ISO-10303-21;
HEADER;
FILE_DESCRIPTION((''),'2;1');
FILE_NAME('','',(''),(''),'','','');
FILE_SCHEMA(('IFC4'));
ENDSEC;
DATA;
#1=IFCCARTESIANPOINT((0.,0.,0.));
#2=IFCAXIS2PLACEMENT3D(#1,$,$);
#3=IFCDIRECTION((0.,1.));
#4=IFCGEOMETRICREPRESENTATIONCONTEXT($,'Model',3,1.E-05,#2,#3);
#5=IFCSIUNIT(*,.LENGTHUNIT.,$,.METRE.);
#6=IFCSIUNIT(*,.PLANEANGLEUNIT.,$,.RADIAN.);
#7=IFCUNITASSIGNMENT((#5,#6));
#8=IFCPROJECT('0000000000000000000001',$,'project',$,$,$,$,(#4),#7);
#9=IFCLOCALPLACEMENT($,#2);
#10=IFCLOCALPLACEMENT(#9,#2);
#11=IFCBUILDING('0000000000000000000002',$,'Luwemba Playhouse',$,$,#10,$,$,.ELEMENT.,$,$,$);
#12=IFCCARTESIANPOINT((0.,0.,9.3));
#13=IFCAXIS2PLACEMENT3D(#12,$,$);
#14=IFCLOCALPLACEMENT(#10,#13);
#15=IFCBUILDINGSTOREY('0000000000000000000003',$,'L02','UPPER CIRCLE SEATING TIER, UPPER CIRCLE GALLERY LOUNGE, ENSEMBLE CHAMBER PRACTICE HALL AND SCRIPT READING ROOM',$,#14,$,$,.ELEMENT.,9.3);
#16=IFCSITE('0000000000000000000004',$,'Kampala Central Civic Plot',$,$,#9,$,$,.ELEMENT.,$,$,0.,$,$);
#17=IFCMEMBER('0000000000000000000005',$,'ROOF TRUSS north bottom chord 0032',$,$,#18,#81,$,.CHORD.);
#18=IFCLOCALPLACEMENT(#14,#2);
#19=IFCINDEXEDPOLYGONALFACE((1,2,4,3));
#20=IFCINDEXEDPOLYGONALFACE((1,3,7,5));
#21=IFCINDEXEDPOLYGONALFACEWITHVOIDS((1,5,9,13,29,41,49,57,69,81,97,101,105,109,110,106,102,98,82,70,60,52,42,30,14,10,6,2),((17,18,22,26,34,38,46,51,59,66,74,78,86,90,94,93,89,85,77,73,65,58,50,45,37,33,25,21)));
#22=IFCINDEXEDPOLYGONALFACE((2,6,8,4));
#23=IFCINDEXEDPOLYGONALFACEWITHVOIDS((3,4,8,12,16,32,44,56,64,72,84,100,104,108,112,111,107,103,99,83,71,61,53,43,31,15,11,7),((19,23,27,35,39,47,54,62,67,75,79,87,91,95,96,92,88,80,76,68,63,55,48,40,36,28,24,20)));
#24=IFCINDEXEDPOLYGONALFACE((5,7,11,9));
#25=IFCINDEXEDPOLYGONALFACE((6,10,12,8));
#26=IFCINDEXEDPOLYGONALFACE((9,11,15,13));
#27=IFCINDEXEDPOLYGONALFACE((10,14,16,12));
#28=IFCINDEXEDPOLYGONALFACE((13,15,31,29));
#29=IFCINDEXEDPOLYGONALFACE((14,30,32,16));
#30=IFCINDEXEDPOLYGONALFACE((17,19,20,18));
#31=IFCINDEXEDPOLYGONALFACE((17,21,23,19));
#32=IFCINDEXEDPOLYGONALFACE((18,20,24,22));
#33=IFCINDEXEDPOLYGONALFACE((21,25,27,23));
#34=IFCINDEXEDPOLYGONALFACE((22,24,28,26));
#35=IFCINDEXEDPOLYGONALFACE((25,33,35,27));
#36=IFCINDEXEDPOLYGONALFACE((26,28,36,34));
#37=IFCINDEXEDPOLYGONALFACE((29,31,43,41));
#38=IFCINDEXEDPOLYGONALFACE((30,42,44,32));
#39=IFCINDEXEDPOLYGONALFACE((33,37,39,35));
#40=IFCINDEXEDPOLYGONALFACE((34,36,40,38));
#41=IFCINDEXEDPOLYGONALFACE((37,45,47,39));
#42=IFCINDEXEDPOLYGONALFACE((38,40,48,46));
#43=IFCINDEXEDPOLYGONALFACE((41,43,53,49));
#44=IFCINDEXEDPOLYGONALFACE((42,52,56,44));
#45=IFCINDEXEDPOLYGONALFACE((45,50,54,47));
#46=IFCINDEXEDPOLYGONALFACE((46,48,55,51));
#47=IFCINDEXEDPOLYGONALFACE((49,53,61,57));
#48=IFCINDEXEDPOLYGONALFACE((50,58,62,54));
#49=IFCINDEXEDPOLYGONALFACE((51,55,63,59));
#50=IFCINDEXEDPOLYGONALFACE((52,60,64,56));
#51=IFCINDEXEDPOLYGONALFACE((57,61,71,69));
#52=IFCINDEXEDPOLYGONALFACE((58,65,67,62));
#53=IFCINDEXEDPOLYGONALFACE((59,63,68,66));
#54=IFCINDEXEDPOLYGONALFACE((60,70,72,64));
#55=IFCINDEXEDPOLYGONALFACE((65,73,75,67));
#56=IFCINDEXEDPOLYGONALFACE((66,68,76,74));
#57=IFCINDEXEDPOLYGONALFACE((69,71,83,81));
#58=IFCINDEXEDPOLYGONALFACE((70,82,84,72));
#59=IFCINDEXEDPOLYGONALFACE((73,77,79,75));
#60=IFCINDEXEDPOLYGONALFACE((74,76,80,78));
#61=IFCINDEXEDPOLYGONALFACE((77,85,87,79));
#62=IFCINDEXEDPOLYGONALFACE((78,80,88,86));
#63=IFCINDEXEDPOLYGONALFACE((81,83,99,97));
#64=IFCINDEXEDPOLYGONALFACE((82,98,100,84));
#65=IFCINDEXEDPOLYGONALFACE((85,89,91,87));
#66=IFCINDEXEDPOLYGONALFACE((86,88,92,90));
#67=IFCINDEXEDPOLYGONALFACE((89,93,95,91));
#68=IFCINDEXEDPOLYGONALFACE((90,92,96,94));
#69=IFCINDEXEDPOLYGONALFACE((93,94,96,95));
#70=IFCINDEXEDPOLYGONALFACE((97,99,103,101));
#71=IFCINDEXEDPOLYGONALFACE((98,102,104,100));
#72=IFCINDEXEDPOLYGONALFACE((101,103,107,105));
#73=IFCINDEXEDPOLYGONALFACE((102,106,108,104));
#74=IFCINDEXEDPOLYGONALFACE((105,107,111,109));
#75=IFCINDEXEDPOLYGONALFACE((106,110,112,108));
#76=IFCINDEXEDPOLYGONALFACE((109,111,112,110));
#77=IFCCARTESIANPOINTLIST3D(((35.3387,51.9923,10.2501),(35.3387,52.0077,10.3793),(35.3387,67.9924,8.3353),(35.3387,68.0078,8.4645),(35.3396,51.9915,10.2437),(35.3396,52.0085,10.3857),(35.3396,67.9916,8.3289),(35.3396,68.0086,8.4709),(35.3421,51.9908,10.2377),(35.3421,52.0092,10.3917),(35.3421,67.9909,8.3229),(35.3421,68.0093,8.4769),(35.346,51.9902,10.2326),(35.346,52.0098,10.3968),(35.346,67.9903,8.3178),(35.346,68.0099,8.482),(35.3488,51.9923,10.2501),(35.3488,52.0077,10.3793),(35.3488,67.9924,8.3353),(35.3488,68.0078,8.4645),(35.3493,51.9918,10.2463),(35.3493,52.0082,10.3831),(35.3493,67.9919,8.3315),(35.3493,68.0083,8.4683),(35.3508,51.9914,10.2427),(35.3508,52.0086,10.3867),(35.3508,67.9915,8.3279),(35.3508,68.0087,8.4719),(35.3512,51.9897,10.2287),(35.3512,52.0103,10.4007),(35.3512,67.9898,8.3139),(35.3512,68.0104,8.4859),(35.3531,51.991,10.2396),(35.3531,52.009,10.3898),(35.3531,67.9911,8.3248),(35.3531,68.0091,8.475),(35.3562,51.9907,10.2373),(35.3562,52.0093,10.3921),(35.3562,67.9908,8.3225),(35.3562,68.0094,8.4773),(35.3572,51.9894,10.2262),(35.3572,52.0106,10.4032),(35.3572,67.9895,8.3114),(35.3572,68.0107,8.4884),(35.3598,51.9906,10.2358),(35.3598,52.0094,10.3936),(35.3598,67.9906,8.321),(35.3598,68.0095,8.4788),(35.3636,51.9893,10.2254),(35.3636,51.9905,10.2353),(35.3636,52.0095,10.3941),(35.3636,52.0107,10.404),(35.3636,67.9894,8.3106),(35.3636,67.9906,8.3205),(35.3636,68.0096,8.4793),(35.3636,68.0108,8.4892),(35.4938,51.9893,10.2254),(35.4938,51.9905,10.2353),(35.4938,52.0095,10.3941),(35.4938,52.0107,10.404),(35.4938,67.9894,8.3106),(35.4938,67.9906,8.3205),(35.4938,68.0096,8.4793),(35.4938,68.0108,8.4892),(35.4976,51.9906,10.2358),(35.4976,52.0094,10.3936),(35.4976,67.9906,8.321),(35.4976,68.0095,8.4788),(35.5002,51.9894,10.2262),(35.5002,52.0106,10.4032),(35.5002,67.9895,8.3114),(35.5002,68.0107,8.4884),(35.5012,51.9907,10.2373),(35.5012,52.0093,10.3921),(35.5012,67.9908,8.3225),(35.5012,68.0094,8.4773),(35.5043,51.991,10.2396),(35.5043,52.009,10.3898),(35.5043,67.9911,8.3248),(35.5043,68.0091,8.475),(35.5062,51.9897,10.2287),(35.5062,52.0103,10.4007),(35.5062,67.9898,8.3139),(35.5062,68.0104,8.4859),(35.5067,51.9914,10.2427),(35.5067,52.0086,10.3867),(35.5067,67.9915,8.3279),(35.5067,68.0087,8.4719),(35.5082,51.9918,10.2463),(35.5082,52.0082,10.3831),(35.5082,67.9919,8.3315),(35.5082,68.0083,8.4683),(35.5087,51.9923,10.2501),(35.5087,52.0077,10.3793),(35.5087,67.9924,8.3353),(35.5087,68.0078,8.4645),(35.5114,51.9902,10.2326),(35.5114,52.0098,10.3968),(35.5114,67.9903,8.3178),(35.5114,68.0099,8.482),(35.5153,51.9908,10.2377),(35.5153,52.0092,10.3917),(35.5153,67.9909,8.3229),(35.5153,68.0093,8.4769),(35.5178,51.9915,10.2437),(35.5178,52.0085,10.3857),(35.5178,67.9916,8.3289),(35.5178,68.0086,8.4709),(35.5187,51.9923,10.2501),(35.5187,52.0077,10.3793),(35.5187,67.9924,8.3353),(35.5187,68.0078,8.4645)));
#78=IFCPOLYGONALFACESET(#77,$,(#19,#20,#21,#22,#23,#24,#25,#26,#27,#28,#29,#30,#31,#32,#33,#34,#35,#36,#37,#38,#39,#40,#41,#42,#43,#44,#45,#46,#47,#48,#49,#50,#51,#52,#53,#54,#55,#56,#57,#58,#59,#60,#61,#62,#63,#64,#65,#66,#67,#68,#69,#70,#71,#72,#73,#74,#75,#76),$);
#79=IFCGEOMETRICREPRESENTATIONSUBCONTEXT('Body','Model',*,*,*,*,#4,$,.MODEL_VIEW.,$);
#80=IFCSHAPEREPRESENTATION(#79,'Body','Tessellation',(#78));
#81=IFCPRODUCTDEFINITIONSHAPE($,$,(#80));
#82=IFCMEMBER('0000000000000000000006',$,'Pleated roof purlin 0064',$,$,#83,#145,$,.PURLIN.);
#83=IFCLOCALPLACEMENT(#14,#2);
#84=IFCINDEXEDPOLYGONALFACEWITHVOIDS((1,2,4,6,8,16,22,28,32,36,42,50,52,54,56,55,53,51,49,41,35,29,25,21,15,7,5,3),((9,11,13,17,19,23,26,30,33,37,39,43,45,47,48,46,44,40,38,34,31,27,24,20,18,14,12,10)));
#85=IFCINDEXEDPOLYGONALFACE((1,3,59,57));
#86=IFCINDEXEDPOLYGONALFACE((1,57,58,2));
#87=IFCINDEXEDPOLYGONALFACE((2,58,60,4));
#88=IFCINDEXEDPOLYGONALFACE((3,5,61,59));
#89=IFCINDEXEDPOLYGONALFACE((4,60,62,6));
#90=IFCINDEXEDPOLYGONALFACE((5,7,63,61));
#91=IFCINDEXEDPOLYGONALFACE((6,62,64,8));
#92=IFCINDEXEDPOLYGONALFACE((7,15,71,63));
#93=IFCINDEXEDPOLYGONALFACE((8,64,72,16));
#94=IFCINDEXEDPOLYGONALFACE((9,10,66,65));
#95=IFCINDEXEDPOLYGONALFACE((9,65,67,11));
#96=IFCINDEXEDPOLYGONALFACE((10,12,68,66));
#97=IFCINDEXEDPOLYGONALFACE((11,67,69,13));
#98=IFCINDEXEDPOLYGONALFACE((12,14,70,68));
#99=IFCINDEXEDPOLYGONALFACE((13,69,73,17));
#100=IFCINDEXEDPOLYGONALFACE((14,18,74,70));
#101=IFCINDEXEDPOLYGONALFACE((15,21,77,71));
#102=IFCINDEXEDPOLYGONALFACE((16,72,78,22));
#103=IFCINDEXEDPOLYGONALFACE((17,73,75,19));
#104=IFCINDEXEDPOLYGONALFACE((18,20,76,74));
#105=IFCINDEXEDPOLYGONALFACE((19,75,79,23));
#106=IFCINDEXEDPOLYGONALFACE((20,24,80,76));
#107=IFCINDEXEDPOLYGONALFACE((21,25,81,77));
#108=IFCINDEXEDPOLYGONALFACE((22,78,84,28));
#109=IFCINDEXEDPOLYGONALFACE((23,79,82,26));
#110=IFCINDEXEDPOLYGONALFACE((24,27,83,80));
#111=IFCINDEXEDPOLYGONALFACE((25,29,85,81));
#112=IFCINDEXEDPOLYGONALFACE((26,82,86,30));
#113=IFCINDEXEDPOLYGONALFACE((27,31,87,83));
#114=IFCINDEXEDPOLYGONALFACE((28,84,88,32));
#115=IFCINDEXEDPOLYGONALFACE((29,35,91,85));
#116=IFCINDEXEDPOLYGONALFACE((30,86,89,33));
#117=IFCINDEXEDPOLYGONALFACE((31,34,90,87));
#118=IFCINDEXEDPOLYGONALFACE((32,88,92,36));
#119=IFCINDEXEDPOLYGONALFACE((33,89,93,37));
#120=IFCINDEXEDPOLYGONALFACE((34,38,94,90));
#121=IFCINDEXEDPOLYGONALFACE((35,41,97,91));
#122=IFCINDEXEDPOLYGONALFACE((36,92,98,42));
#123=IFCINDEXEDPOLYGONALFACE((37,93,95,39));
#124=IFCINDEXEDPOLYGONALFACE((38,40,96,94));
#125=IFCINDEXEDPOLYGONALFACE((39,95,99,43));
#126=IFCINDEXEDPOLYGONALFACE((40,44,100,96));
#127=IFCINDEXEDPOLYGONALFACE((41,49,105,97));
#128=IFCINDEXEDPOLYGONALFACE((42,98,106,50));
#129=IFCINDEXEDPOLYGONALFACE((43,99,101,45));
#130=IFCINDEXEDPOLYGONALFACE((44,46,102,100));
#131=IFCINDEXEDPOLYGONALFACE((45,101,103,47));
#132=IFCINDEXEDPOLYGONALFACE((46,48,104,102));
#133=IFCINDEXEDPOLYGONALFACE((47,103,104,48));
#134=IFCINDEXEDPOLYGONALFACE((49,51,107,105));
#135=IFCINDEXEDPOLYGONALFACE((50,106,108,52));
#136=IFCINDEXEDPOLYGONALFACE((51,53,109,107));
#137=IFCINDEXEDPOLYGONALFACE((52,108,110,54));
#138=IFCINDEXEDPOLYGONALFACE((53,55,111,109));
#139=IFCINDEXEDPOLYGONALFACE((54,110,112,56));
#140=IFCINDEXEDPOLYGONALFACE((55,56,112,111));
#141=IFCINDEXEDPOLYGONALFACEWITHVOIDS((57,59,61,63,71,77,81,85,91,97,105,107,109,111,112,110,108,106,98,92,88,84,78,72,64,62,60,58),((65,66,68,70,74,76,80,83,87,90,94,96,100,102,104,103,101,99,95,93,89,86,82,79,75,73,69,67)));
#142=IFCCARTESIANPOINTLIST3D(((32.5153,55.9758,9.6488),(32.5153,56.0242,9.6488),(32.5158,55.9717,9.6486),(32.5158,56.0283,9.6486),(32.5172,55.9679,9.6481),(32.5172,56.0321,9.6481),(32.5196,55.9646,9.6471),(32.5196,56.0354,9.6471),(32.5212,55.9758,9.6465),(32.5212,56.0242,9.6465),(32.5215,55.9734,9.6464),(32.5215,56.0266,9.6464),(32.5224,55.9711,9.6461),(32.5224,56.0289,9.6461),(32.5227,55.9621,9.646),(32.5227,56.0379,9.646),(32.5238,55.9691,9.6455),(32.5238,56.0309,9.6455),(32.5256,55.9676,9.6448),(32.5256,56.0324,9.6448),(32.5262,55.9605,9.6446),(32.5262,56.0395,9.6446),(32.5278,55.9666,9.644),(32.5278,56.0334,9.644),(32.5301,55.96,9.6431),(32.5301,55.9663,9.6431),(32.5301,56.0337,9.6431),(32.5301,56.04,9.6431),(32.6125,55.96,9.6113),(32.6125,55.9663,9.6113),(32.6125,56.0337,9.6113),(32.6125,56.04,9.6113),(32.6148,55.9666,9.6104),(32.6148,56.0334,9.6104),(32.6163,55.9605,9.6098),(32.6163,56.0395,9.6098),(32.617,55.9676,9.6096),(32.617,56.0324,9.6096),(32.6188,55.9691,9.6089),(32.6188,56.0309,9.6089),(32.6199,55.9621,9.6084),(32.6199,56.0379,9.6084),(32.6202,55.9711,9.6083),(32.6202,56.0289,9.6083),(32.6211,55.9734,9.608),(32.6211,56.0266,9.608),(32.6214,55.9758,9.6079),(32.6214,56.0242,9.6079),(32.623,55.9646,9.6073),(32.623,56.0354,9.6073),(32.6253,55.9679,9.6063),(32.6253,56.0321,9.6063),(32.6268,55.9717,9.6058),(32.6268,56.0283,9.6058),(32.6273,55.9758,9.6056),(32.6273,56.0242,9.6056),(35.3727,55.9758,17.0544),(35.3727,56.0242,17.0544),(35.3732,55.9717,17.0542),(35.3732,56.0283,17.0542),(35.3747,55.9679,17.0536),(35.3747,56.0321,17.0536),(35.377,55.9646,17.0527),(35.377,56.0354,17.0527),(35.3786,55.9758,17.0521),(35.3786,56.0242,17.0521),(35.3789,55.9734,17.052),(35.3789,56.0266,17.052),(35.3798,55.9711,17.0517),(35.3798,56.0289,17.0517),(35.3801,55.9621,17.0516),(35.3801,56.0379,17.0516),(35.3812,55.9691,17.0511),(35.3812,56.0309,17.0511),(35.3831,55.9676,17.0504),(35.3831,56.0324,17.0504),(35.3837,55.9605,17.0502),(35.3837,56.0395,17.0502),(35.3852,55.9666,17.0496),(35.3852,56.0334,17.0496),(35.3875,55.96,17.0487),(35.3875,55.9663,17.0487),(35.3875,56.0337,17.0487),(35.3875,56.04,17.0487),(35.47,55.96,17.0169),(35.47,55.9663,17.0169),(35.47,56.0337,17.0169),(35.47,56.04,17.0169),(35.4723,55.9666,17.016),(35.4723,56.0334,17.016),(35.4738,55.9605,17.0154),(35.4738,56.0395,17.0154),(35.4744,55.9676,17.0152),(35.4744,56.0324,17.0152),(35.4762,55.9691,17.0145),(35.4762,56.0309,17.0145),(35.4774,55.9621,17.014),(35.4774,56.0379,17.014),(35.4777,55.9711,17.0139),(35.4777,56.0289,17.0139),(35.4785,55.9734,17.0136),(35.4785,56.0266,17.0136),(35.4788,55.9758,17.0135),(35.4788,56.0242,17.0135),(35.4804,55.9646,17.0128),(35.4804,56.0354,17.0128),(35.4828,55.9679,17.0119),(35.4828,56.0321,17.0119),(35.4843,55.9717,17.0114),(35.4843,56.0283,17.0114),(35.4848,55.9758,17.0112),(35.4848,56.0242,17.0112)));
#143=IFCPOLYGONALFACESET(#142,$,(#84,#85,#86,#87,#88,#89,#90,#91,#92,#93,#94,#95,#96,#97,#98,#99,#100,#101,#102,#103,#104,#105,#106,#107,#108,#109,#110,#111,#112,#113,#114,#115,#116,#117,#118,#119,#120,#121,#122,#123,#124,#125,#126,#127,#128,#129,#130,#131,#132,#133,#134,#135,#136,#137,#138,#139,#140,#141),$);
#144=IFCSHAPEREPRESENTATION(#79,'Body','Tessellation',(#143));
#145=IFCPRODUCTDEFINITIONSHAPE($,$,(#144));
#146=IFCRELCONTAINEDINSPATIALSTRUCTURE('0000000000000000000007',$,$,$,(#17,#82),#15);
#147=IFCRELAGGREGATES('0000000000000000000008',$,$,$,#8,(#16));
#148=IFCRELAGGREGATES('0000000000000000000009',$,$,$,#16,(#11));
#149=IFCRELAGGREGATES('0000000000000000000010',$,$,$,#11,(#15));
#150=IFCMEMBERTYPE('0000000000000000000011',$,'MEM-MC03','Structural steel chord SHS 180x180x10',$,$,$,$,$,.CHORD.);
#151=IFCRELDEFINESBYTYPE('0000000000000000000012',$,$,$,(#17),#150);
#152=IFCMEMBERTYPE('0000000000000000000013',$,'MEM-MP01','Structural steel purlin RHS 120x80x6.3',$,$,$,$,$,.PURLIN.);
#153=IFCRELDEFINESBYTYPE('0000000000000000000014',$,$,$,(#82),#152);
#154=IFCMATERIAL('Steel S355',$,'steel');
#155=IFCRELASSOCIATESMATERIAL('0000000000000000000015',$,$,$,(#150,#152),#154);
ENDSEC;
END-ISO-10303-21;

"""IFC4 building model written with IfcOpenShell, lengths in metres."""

from ifc_helpers import new_model, si_unit, direction, frame, origin, origin_2d, place, context, subcontext, project, spatial, hollow_rectangle, extrude, material, material_profile, profile_set, type_object, element, save


model = new_model("IFC4")

# Units and contexts
model_context = context("Model", 3, precision=1e-05, world=origin(), true_north=direction((0.0, 1.0)))
body_context = subcontext(model_context, "Body", "Model", "MODEL_VIEW")
ifc_project = project(units=[si_unit("LENGTHUNIT", "METRE"), si_unit("PLANEANGLEUNIT", "RADIAN")], contexts=[model_context])

# Site, building, storey
site_placement = place(None, origin())
site = spatial("IfcSite", under=ifc_project, at=site_placement, Name="Kampala Central Civic Plot", CompositionType="ELEMENT", RefElevation=0.0)
building_placement = place(site_placement, origin())
building = spatial("IfcBuilding", under=site, at=building_placement, Name="Luwemba Playhouse", CompositionType="ELEMENT")
storey_placement = place(building_placement, frame((0.0, 0.0, 9.3)))
storey = spatial("IfcBuildingStorey", under=building, at=storey_placement, Name="L02", Description="UPPER CIRCLE SEATING TIER, UPPER CIRCLE GALLERY LOUNGE, ENSEMBLE CHAMBER PRACTICE HALL AND SCRIPT READING ROOM", CompositionType="ELEMENT", Elevation=9.3)

# Shared definitions
ifc_material_1 = material(Name="Steel S355", Category="steel")

# Members
ifc_material_profile_1 = material_profile(ifc_material_1, hollow_rectangle(XDim=0.1799, YDim=0.1799, WallThickness=0.01, InnerFilletRadius=0.0149, OuterFilletRadius=0.0249, at=origin_2d()))
ifc_profile_set_1 = profile_set([ifc_material_profile_1], Name="Steel S355")
member_type_1 = type_object("IfcMemberType", Name="MEM-MC03", Description="Structural steel chord SHS 180x180x10", PredefinedType="CHORD", material=ifc_profile_set_1)
member_1_placement = place(storey_placement, frame((35.4287, 52.0, 10.3147), z_axis=(0.0, 0.992915, -0.118827), x_axis=(-1.0, 0.0, 0.0)))
element("IfcMember", 1, at=member_1_placement, inside=storey, type_object=member_type_1, Name="ROOF TRUSS north bottom chord 0032", PredefinedType="CHORD", context=body_context, shape_type="SweptSolid", body=[
    extrude(hollow_rectangle(XDim=0.1799, YDim=0.1799, WallThickness=0.01, InnerFilletRadius=0.0149, OuterFilletRadius=0.0249, at=origin_2d()), origin(), (0.0, 0.0, 1.0), 16.1143),
])
ifc_material_profile_2 = material_profile(ifc_material_1, hollow_rectangle(XDim=0.0801, YDim=0.1201, WallThickness=0.0063, InnerFilletRadius=0.0095, OuterFilletRadius=0.0159, at=origin_2d()))
ifc_profile_set_2 = profile_set([ifc_material_profile_2], Name="Steel S355")
member_type_2 = type_object("IfcMemberType", Name="MEM-MP01", Description="Structural steel purlin RHS 120x80x6.3", PredefinedType="PURLIN", material=ifc_profile_set_2)
member_2_placement = place(storey_placement, frame((32.5713, 56.0, 9.6272), z_axis=(0.359983, 0.0, 0.932959), x_axis=(0.0, 1.0, 0.0)))
element("IfcMember", 2, at=member_2_placement, inside=storey, type_object=member_type_2, Name="Pleated roof purlin 0064", PredefinedType="PURLIN", context=body_context, shape_type="SweptSolid", body=[
    extrude(hollow_rectangle(XDim=0.0801, YDim=0.1201, WallThickness=0.0063, InnerFilletRadius=0.0095, OuterFilletRadius=0.0159, at=origin_2d()), origin(), (0.0, 0.0, 1.0), 7.9377),
])

save(model, "model.ifc")
